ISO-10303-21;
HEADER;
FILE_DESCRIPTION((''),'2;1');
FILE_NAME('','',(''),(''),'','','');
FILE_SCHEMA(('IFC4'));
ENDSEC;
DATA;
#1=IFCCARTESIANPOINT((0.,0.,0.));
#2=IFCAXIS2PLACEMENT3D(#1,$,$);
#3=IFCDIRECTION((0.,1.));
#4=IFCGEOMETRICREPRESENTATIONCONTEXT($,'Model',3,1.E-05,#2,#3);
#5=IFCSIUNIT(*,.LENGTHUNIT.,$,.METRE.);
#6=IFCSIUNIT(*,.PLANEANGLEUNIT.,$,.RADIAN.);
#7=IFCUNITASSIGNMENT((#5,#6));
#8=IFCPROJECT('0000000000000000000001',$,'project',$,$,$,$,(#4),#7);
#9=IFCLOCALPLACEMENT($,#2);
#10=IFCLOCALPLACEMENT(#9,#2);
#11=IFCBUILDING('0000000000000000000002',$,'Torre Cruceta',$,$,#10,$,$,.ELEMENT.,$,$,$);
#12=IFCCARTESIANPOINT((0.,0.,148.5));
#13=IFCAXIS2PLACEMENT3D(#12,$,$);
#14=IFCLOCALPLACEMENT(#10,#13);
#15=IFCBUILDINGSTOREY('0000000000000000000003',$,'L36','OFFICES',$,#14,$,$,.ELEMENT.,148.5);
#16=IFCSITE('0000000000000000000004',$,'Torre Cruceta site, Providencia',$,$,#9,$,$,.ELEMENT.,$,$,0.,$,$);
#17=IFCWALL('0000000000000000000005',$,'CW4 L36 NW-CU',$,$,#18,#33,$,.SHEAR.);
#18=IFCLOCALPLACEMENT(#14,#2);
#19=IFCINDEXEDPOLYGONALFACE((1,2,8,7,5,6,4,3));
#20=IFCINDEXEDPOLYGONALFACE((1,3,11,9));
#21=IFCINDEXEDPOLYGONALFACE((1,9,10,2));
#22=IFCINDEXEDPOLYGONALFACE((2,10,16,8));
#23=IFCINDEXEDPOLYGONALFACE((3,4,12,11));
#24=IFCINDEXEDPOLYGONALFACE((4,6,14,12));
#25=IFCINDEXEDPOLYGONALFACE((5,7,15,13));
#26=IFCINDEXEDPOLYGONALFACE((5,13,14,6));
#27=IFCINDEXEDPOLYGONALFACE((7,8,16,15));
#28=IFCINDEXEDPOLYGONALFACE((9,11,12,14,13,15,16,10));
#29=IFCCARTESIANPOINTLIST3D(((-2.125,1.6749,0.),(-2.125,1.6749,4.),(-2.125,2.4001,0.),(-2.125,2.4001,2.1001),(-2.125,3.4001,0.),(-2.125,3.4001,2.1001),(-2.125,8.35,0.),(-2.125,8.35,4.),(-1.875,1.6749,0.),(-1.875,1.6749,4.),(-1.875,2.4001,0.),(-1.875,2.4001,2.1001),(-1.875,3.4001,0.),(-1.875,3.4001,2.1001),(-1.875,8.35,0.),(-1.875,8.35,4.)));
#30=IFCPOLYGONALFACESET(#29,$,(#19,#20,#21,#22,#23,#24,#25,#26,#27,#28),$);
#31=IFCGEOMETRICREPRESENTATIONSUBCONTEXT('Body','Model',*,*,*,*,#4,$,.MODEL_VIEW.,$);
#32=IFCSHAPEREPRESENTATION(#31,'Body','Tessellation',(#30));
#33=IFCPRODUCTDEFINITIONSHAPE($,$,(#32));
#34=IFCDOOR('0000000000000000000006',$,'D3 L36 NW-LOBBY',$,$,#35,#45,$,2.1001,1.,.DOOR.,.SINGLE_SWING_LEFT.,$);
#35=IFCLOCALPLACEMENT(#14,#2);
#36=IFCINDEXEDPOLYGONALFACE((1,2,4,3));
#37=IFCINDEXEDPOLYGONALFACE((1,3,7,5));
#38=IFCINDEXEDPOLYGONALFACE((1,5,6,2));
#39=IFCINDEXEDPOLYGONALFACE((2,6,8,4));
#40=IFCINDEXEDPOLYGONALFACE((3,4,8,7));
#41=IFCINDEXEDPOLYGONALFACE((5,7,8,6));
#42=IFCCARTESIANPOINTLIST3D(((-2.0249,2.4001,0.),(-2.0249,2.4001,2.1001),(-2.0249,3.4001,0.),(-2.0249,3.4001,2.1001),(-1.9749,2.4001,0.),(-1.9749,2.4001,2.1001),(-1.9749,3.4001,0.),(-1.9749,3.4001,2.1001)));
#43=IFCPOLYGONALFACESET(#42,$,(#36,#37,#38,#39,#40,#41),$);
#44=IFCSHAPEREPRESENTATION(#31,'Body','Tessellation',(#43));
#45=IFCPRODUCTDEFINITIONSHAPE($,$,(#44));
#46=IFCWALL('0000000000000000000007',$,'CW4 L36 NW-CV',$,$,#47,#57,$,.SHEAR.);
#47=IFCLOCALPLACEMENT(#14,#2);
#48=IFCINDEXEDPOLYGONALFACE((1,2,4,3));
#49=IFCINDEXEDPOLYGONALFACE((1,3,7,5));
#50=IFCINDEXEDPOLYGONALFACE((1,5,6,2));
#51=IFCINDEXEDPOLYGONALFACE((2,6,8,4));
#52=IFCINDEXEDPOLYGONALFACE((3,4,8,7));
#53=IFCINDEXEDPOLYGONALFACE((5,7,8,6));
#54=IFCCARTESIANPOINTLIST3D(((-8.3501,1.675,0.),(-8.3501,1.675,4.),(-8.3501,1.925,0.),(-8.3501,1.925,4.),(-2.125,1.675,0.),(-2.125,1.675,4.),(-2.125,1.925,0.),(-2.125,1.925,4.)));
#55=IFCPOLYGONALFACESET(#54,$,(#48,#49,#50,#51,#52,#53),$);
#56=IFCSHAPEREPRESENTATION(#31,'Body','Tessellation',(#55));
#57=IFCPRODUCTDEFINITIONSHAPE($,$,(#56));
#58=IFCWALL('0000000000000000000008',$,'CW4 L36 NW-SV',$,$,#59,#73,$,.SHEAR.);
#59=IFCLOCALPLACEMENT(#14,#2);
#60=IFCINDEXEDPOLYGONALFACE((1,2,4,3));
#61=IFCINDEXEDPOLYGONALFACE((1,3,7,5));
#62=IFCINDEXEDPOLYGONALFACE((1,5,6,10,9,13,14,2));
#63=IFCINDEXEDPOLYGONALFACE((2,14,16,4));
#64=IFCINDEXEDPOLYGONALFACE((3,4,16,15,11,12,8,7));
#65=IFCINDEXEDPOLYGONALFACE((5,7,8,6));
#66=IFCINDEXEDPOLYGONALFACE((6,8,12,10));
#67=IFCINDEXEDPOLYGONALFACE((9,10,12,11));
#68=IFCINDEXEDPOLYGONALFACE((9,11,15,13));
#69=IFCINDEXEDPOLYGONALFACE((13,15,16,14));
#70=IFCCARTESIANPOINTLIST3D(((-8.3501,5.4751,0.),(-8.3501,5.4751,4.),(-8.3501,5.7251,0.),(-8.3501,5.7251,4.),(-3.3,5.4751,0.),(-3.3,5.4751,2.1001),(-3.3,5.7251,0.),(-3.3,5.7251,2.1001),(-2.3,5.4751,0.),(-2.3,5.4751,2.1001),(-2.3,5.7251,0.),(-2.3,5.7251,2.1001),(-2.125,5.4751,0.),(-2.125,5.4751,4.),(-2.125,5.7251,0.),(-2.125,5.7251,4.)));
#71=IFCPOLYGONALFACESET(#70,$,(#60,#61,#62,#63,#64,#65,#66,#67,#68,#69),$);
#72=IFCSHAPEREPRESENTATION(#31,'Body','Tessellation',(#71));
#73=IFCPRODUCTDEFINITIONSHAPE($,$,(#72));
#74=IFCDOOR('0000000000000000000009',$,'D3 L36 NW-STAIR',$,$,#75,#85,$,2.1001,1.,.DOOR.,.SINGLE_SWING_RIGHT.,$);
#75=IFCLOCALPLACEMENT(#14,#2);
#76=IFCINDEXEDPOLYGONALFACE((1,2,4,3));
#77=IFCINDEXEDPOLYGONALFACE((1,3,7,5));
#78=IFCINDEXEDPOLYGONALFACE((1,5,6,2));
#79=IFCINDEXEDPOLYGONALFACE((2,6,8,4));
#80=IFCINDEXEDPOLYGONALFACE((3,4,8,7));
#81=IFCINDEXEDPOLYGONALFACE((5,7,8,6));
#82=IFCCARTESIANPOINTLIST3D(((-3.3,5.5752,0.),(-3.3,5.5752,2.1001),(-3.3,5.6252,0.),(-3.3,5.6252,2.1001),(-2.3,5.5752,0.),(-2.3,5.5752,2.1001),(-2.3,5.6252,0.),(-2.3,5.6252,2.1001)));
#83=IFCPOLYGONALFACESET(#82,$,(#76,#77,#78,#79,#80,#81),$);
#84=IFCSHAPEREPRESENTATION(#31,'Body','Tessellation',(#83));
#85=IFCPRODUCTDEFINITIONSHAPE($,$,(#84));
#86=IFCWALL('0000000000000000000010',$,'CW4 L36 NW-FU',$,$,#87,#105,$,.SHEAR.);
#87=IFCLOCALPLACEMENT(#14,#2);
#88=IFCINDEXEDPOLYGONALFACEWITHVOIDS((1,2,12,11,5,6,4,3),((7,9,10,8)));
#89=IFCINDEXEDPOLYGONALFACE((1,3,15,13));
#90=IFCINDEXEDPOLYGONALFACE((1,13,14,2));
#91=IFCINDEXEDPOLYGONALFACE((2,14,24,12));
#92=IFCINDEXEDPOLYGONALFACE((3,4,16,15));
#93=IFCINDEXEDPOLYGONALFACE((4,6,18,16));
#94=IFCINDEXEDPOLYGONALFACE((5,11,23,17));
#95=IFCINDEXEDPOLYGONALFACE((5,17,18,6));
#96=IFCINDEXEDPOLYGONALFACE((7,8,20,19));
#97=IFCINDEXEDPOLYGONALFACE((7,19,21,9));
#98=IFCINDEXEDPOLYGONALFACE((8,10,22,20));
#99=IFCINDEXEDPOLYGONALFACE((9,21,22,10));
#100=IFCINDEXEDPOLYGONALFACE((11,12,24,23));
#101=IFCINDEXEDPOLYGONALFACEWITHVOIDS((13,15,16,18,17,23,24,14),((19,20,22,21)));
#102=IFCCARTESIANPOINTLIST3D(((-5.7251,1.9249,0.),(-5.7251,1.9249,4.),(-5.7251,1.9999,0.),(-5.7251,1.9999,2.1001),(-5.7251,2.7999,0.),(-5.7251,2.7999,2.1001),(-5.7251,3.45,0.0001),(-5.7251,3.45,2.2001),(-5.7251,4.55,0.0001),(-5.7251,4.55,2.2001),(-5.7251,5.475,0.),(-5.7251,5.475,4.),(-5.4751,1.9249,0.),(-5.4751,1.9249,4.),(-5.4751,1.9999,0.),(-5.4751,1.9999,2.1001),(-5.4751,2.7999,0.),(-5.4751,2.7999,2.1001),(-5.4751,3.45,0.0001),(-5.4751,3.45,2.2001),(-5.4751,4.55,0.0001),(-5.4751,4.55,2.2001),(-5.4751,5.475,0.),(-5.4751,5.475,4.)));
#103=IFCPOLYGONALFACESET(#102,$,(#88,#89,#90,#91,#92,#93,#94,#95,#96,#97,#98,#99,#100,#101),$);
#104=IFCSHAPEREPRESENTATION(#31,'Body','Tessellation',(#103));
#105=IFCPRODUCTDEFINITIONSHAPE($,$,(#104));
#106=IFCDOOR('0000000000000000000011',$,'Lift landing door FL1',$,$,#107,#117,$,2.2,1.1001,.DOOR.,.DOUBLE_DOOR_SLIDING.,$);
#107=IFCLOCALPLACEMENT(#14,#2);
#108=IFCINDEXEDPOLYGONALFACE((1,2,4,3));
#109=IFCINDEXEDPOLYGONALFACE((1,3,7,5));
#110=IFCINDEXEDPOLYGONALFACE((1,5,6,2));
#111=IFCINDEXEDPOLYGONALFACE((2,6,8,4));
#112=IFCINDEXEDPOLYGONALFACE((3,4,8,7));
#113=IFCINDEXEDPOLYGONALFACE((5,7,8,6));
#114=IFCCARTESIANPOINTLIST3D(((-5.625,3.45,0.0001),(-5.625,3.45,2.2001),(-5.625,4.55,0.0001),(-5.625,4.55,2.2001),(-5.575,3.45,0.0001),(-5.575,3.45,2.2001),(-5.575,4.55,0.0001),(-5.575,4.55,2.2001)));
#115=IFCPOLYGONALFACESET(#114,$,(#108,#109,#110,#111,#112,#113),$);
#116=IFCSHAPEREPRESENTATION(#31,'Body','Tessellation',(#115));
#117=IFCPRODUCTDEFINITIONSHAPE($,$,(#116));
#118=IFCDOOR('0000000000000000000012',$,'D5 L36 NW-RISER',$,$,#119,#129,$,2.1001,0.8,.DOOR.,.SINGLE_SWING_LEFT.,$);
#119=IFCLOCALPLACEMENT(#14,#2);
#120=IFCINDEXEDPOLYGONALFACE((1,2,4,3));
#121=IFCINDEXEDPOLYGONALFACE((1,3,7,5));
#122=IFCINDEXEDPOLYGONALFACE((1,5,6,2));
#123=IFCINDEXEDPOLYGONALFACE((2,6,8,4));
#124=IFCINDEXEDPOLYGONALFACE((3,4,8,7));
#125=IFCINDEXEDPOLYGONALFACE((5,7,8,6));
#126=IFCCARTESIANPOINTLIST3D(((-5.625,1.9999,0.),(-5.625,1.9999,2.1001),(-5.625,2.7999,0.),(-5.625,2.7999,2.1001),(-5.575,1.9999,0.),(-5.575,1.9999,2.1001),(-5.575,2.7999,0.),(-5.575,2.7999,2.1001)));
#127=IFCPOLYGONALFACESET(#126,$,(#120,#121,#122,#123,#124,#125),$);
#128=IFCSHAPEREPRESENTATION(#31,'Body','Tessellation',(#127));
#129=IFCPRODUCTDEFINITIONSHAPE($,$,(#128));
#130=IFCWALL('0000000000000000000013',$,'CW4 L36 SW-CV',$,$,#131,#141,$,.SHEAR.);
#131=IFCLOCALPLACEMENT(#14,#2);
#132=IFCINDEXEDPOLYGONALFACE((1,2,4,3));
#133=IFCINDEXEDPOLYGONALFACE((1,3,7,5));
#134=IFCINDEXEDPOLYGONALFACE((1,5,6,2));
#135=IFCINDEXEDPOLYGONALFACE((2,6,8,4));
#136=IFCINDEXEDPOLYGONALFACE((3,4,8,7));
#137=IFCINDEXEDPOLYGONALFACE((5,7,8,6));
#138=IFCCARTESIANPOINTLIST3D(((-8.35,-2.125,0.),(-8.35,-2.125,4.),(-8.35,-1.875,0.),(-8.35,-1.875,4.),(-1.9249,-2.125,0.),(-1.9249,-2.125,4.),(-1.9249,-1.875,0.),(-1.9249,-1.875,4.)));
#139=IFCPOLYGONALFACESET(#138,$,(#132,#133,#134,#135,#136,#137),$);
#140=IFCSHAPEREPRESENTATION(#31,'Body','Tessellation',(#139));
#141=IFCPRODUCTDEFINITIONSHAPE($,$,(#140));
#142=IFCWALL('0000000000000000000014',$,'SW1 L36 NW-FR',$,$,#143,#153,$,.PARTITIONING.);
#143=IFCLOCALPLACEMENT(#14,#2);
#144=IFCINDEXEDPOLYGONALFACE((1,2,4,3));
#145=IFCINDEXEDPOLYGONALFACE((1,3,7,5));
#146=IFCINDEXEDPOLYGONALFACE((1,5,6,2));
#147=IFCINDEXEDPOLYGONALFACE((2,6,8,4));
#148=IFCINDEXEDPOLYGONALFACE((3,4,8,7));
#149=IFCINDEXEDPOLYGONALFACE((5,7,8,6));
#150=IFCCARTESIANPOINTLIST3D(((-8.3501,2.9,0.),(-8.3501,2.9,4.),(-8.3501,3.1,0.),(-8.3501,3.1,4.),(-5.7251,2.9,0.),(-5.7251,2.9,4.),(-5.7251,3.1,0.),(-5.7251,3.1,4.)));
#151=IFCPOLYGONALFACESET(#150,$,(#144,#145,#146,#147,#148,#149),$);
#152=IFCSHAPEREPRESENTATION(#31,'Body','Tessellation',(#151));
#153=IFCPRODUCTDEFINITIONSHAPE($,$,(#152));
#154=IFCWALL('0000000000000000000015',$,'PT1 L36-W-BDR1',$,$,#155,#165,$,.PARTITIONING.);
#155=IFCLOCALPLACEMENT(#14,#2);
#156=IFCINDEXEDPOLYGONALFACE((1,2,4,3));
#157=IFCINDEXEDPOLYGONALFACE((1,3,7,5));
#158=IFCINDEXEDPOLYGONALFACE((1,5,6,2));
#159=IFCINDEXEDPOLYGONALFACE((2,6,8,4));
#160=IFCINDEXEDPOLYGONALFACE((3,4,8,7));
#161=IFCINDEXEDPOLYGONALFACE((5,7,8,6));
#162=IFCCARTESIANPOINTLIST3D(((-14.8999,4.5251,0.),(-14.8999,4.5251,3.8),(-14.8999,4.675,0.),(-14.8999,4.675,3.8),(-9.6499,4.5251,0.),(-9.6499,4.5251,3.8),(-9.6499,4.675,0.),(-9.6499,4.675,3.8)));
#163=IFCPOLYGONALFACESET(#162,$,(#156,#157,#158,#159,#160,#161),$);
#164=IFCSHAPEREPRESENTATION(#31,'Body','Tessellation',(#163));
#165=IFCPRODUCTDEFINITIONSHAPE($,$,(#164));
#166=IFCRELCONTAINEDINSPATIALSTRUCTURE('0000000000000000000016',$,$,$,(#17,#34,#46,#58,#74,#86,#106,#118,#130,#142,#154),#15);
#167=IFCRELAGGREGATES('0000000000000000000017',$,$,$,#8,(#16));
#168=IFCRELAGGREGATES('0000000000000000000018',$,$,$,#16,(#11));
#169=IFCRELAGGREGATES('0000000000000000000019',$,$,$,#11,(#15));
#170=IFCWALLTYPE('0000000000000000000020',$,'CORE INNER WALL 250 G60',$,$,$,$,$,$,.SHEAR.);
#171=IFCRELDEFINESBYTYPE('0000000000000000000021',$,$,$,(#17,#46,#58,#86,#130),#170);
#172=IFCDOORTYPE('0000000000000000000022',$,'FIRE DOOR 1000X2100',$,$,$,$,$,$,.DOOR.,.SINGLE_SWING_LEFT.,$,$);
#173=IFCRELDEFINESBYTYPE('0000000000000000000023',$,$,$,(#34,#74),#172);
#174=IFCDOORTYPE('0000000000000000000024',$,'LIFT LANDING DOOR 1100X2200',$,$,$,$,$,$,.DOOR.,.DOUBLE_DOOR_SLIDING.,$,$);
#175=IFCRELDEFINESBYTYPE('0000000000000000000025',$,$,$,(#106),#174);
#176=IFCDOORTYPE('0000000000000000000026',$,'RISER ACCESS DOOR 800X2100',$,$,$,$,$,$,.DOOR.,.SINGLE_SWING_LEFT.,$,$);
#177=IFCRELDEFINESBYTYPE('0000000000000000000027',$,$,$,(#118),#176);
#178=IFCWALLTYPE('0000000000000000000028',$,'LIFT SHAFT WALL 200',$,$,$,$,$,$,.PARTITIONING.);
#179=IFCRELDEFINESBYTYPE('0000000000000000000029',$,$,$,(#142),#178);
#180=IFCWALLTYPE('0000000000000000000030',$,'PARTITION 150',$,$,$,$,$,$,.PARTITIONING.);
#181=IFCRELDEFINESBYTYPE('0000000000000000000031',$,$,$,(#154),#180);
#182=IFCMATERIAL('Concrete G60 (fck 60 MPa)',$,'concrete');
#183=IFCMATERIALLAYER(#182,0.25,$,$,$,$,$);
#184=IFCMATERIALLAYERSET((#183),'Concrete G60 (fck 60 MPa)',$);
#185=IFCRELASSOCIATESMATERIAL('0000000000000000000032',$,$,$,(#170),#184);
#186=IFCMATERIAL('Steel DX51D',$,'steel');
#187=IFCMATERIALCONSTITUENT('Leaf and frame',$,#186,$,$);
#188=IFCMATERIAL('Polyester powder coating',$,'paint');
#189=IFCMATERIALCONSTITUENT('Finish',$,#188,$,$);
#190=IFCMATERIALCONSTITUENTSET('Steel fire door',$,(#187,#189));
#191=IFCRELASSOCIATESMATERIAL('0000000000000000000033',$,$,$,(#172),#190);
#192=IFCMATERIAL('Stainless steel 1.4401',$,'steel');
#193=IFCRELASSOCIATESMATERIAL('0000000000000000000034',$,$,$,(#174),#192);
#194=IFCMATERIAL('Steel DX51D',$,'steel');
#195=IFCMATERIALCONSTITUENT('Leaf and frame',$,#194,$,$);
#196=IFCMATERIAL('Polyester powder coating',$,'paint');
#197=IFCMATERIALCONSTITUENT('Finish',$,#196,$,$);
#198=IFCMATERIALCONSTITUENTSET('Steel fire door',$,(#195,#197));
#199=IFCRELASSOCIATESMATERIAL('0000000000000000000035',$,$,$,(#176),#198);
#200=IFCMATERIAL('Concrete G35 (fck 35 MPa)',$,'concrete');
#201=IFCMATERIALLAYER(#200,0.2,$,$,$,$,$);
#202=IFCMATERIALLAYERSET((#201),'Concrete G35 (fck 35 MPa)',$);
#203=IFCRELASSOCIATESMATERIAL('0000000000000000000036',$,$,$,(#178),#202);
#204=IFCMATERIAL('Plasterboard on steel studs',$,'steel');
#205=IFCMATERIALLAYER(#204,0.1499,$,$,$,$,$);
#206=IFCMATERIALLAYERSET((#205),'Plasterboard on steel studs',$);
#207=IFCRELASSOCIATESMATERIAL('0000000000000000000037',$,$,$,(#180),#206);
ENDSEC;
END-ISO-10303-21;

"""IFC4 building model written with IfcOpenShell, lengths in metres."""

from ifc_helpers import new_model, si_unit, direction, frame, frame_2d, origin, place, context, subcontext, project, spatial, rectangle, extrude, material, layer, layer_set, constituent, constituent_set, type_object, element, fill, save


model = new_model("IFC4")

# Units and contexts
model_context = context("Model", 3, precision=1e-05, world=origin(), true_north=direction((0.0, 1.0)))
body_context = subcontext(model_context, "Body", "Model", "MODEL_VIEW")
ifc_project = project(units=[si_unit("LENGTHUNIT", "METRE"), si_unit("PLANEANGLEUNIT", "RADIAN")], contexts=[model_context])

# Site, building, storey
site_placement = place(None, origin())
site = spatial("IfcSite", under=ifc_project, at=site_placement, Name="Torre Cruceta site, Providencia", CompositionType="ELEMENT", RefElevation=0.0)
building_placement = place(site_placement, origin())
building = spatial("IfcBuilding", under=site, at=building_placement, Name="Torre Cruceta", CompositionType="ELEMENT")
storey_placement = place(building_placement, frame((0.0, 0.0, 148.5)))
storey = spatial("IfcBuildingStorey", under=building, at=storey_placement, Name="L36", Description="OFFICES", CompositionType="ELEMENT", Elevation=148.5)

# Wall, opening, door
ifc_material_1 = material(Name="Concrete G60 (fck 60 MPa)", Category="concrete")
ifc_layer_1 = layer(ifc_material_1, 0.25)
ifc_layer_set_1 = layer_set([ifc_layer_1], Name="Concrete G60 (fck 60 MPa)")
wall_type_1 = type_object("IfcWallType", Name="CORE INNER WALL 250 G60", PredefinedType="SHEAR", material=ifc_layer_set_1)
wall_1_placement = place(storey_placement, frame((-2.0, 1.675, 0.0), z_axis=(0.0, 0.0, 1.0), x_axis=(0.0, 1.0, 0.0)))
wall_1 = element("IfcWall", 1, at=wall_1_placement, inside=storey, type_object=wall_type_1, Name="CW4 L36 NW-CU", PredefinedType="SHEAR", context=body_context, shape_type="SweptSolid", body=[
    extrude(rectangle(XDim=6.675, YDim=0.25, at=frame_2d((3.3374, 0.0))), origin(), (0.0, 0.0, 1.0), 4.0),
])
opening_1_placement = place(wall_1_placement, frame((0.7251, 0.0, 0.0)))
opening_1 = element("IfcOpeningElement", 2, at=opening_1_placement, cuts=wall_1, PredefinedType="OPENING", context=body_context, shape_type="SweptSolid", body=[
    extrude(rectangle(XDim=1.0, YDim=2.1001, at=frame_2d((0.5, 1.05))), frame((0.0, 0.135, 0.0), z_axis=(0.0, -1.0, 0.0), x_axis=(1.0, 0.0, 0.0)), (0.0, 0.0, 1.0), 0.27),
])
ifc_material_2 = material(Name="Steel DX51D", Category="steel")
ifc_constituent_1 = constituent(ifc_material_2, Name="Leaf and frame")
ifc_material_3 = material(Name="Polyester powder coating", Category="paint")
ifc_constituent_2 = constituent(ifc_material_3, Name="Finish")
ifc_constituent_set_1 = constituent_set(constituents=[ifc_constituent_1, ifc_constituent_2], Name="Steel fire door")
door_type_1 = type_object("IfcDoorType", Name="FIRE DOOR 1000X2100", OperationType="SINGLE_SWING_LEFT", PredefinedType="DOOR", material=ifc_constituent_set_1)
door_1_placement = place(opening_1_placement, origin())
door_1 = element("IfcDoor", 3, at=door_1_placement, inside=storey, type_object=door_type_1, Name="D3 L36 NW-LOBBY", OperationType="SINGLE_SWING_LEFT", OverallHeight=2.1001, OverallWidth=1.0, PredefinedType="DOOR", context=body_context, shape_type="SweptSolid", body=[
    extrude(rectangle(XDim=1.0, YDim=2.1001, at=frame_2d((0.5, 1.05))), frame((0.0, 0.0249, 0.0), z_axis=(0.0, -1.0, 0.0), x_axis=(1.0, 0.0, 0.0)), (0.0, 0.0, 1.0), 0.05),
])
fill(opening_1, door_1)

# Wall
wall_2_placement = place(storey_placement, frame((-2.125, 1.8, 0.0), z_axis=(0.0, 0.0, 1.0), x_axis=(-1.0, 0.0, 0.0)))
element("IfcWall", 4, at=wall_2_placement, inside=storey, type_object=wall_type_1, Name="CW4 L36 NW-CV", PredefinedType="SHEAR", context=body_context, shape_type="SweptSolid", body=[
    extrude(rectangle(XDim=6.2251, YDim=0.25, at=frame_2d((3.1125, 0.0))), origin(), (0.0, 0.0, 1.0), 4.0),
])

# Wall, opening, door
wall_3_placement = place(storey_placement, frame((-2.125, 5.6001, 0.0), z_axis=(0.0, 0.0, 1.0), x_axis=(-1.0, 0.0, 0.0)))
wall_3 = element("IfcWall", 5, at=wall_3_placement, inside=storey, type_object=wall_type_1, Name="CW4 L36 NW-SV", PredefinedType="SHEAR", context=body_context, shape_type="SweptSolid", body=[
    extrude(rectangle(XDim=6.2251, YDim=0.25, at=frame_2d((3.1125, 0.0))), origin(), (0.0, 0.0, 1.0), 4.0),
])
opening_2_placement = place(wall_3_placement, frame((0.175, 0.0, 0.0)))
opening_2 = element("IfcOpeningElement", 6, at=opening_2_placement, cuts=wall_3, PredefinedType="OPENING", context=body_context, shape_type="SweptSolid", body=[
    extrude(rectangle(XDim=1.0, YDim=2.1001, at=frame_2d((0.5, 1.05))), frame((0.0, 0.135, 0.0), z_axis=(0.0, -1.0, 0.0), x_axis=(1.0, 0.0, 0.0)), (0.0, 0.0, 1.0), 0.27),
])
door_2_placement = place(opening_2_placement, frame((1.0, 0.0, 0.0), z_axis=(0.0, 0.0, 1.0), x_axis=(-1.0, 0.0, 0.0)))
door_2 = element("IfcDoor", 7, at=door_2_placement, inside=storey, type_object=door_type_1, Name="D3 L36 NW-STAIR", OperationType="SINGLE_SWING_RIGHT", OverallHeight=2.1001, OverallWidth=1.0, PredefinedType="DOOR", context=body_context, shape_type="SweptSolid", body=[
    extrude(rectangle(XDim=1.0, YDim=2.1001, at=frame_2d((0.5, 1.05))), frame((0.0, 0.0251, 0.0), z_axis=(0.0, -1.0, 0.0), x_axis=(1.0, 0.0, 0.0)), (0.0, 0.0, 1.0), 0.05),
])
fill(opening_2, door_2)

# Wall, openings, doors
wall_4_placement = place(storey_placement, frame((-5.6001, 1.925, 0.0), z_axis=(0.0, 0.0, 1.0), x_axis=(0.0, 1.0, 0.0)))
wall_4 = element("IfcWall", 8, at=wall_4_placement, inside=storey, type_object=wall_type_1, Name="CW4 L36 NW-FU", PredefinedType="SHEAR", context=body_context, shape_type="SweptSolid", body=[
    extrude(rectangle(XDim=3.55, YDim=0.25, at=frame_2d((1.7749, 0.0))), origin(), (0.0, 0.0, 1.0), 4.0),
])
opening_3_placement = place(wall_4_placement, frame((1.5249, 0.0, 0.0)))
opening_3 = element("IfcOpeningElement", 9, at=opening_3_placement, cuts=wall_4, PredefinedType="OPENING", context=body_context, shape_type="SweptSolid", body=[
    extrude(rectangle(XDim=1.1001, YDim=2.2, at=frame_2d((0.55, 1.1001))), frame((0.0, 0.135, 0.0), z_axis=(0.0, -1.0, 0.0), x_axis=(1.0, 0.0, 0.0)), (0.0, 0.0, 1.0), 0.27),
])
opening_4_placement = place(wall_4_placement, frame((0.075, 0.0, 0.0)))
opening_4 = element("IfcOpeningElement", 10, at=opening_4_placement, cuts=wall_4, PredefinedType="OPENING", context=body_context, shape_type="SweptSolid", body=[
    extrude(rectangle(XDim=0.8, YDim=2.1001, at=frame_2d((0.3999, 1.05))), frame((0.0, 0.135, 0.0), z_axis=(0.0, -1.0, 0.0), x_axis=(1.0, 0.0, 0.0)), (0.0, 0.0, 1.0), 0.27),
])
ifc_material_4 = material(Name="Stainless steel 1.4401", Category="steel")
door_type_2 = type_object("IfcDoorType", Name="LIFT LANDING DOOR 1100X2200", OperationType="DOUBLE_DOOR_SLIDING", PredefinedType="DOOR", material=ifc_material_4)
door_3_placement = place(opening_3_placement, origin())
door_3 = element("IfcDoor", 11, at=door_3_placement, inside=storey, type_object=door_type_2, Name="Lift landing door FL1", OperationType="DOUBLE_DOOR_SLIDING", OverallHeight=2.2, OverallWidth=1.1001, PredefinedType="DOOR", context=body_context, shape_type="SweptSolid", body=[
    extrude(rectangle(XDim=1.1001, YDim=2.2, at=frame_2d((0.55, 1.1001))), frame((0.0, 0.0249, 0.0), z_axis=(0.0, -1.0, 0.0), x_axis=(1.0, 0.0, 0.0)), (0.0, 0.0, 1.0), 0.05),
])
fill(opening_3, door_3)
ifc_material_5 = material(Name="Steel DX51D", Category="steel")
ifc_constituent_3 = constituent(ifc_material_5, Name="Leaf and frame")
ifc_material_6 = material(Name="Polyester powder coating", Category="paint")
ifc_constituent_4 = constituent(ifc_material_6, Name="Finish")
ifc_constituent_set_2 = constituent_set(constituents=[ifc_constituent_3, ifc_constituent_4], Name="Steel fire door")
door_type_3 = type_object("IfcDoorType", Name="RISER ACCESS DOOR 800X2100", OperationType="SINGLE_SWING_LEFT", PredefinedType="DOOR", material=ifc_constituent_set_2)
door_4_placement = place(opening_4_placement, origin())
door_4 = element("IfcDoor", 12, at=door_4_placement, inside=storey, type_object=door_type_3, Name="D5 L36 NW-RISER", OperationType="SINGLE_SWING_LEFT", OverallHeight=2.1001, OverallWidth=0.8, PredefinedType="DOOR", context=body_context, shape_type="SweptSolid", body=[
    extrude(rectangle(XDim=0.8, YDim=2.1001, at=frame_2d((0.3999, 1.05))), frame((0.0, 0.0249, 0.0), z_axis=(0.0, -1.0, 0.0), x_axis=(1.0, 0.0, 0.0)), (0.0, 0.0, 1.0), 0.05),
])
fill(opening_4, door_4)

# Walls
wall_5_placement = place(storey_placement, frame((-1.925, -2.0, 0.0), z_axis=(0.0, 0.0, 1.0), x_axis=(-1.0, 0.0, 0.0)))
element("IfcWall", 13, at=wall_5_placement, inside=storey, type_object=wall_type_1, Name="CW4 L36 SW-CV", PredefinedType="SHEAR", context=body_context, shape_type="SweptSolid", body=[
    extrude(rectangle(XDim=6.425, YDim=0.25, at=frame_2d((3.2124, 0.0))), origin(), (0.0, 0.0, 1.0), 4.0),
])
ifc_material_7 = material(Name="Concrete G35 (fck 35 MPa)", Category="concrete")
ifc_layer_2 = layer(ifc_material_7, 0.2)
ifc_layer_set_2 = layer_set([ifc_layer_2], Name="Concrete G35 (fck 35 MPa)")
wall_type_2 = type_object("IfcWallType", Name="LIFT SHAFT WALL 200", PredefinedType="PARTITIONING", material=ifc_layer_set_2)
wall_6_placement = place(storey_placement, frame((-5.7251, 3.0, 0.0), z_axis=(0.0, 0.0, 1.0), x_axis=(-1.0, 0.0, 0.0)))
element("IfcWall", 14, at=wall_6_placement, inside=storey, type_object=wall_type_2, Name="SW1 L36 NW-FR", PredefinedType="PARTITIONING", context=body_context, shape_type="SweptSolid", body=[
    extrude(rectangle(XDim=2.625, YDim=0.2, at=frame_2d((1.3125, 0.0))), origin(), (0.0, 0.0, 1.0), 4.0),
])
ifc_material_8 = material(Name="Plasterboard on steel studs", Category="steel")
ifc_layer_3 = layer(ifc_material_8, 0.1499)
ifc_layer_set_3 = layer_set([ifc_layer_3], Name="Plasterboard on steel studs")
wall_type_3 = type_object("IfcWallType", Name="PARTITION 150", PredefinedType="PARTITIONING", material=ifc_layer_set_3)
wall_7_placement = place(storey_placement, frame((-9.6499, 4.6001, 0.0), z_axis=(0.0, 0.0, 1.0), x_axis=(-1.0, 0.0, 0.0)))
element("IfcWall", 15, at=wall_7_placement, inside=storey, type_object=wall_type_3, Name="PT1 L36-W-BDR1", PredefinedType="PARTITIONING", context=body_context, shape_type="SweptSolid", body=[
    extrude(rectangle(XDim=5.25, YDim=0.1499, at=frame_2d((2.625, 0.0))), origin(), (0.0, 0.0, 1.0), 3.8),
])

save(model, "model.ifc")
